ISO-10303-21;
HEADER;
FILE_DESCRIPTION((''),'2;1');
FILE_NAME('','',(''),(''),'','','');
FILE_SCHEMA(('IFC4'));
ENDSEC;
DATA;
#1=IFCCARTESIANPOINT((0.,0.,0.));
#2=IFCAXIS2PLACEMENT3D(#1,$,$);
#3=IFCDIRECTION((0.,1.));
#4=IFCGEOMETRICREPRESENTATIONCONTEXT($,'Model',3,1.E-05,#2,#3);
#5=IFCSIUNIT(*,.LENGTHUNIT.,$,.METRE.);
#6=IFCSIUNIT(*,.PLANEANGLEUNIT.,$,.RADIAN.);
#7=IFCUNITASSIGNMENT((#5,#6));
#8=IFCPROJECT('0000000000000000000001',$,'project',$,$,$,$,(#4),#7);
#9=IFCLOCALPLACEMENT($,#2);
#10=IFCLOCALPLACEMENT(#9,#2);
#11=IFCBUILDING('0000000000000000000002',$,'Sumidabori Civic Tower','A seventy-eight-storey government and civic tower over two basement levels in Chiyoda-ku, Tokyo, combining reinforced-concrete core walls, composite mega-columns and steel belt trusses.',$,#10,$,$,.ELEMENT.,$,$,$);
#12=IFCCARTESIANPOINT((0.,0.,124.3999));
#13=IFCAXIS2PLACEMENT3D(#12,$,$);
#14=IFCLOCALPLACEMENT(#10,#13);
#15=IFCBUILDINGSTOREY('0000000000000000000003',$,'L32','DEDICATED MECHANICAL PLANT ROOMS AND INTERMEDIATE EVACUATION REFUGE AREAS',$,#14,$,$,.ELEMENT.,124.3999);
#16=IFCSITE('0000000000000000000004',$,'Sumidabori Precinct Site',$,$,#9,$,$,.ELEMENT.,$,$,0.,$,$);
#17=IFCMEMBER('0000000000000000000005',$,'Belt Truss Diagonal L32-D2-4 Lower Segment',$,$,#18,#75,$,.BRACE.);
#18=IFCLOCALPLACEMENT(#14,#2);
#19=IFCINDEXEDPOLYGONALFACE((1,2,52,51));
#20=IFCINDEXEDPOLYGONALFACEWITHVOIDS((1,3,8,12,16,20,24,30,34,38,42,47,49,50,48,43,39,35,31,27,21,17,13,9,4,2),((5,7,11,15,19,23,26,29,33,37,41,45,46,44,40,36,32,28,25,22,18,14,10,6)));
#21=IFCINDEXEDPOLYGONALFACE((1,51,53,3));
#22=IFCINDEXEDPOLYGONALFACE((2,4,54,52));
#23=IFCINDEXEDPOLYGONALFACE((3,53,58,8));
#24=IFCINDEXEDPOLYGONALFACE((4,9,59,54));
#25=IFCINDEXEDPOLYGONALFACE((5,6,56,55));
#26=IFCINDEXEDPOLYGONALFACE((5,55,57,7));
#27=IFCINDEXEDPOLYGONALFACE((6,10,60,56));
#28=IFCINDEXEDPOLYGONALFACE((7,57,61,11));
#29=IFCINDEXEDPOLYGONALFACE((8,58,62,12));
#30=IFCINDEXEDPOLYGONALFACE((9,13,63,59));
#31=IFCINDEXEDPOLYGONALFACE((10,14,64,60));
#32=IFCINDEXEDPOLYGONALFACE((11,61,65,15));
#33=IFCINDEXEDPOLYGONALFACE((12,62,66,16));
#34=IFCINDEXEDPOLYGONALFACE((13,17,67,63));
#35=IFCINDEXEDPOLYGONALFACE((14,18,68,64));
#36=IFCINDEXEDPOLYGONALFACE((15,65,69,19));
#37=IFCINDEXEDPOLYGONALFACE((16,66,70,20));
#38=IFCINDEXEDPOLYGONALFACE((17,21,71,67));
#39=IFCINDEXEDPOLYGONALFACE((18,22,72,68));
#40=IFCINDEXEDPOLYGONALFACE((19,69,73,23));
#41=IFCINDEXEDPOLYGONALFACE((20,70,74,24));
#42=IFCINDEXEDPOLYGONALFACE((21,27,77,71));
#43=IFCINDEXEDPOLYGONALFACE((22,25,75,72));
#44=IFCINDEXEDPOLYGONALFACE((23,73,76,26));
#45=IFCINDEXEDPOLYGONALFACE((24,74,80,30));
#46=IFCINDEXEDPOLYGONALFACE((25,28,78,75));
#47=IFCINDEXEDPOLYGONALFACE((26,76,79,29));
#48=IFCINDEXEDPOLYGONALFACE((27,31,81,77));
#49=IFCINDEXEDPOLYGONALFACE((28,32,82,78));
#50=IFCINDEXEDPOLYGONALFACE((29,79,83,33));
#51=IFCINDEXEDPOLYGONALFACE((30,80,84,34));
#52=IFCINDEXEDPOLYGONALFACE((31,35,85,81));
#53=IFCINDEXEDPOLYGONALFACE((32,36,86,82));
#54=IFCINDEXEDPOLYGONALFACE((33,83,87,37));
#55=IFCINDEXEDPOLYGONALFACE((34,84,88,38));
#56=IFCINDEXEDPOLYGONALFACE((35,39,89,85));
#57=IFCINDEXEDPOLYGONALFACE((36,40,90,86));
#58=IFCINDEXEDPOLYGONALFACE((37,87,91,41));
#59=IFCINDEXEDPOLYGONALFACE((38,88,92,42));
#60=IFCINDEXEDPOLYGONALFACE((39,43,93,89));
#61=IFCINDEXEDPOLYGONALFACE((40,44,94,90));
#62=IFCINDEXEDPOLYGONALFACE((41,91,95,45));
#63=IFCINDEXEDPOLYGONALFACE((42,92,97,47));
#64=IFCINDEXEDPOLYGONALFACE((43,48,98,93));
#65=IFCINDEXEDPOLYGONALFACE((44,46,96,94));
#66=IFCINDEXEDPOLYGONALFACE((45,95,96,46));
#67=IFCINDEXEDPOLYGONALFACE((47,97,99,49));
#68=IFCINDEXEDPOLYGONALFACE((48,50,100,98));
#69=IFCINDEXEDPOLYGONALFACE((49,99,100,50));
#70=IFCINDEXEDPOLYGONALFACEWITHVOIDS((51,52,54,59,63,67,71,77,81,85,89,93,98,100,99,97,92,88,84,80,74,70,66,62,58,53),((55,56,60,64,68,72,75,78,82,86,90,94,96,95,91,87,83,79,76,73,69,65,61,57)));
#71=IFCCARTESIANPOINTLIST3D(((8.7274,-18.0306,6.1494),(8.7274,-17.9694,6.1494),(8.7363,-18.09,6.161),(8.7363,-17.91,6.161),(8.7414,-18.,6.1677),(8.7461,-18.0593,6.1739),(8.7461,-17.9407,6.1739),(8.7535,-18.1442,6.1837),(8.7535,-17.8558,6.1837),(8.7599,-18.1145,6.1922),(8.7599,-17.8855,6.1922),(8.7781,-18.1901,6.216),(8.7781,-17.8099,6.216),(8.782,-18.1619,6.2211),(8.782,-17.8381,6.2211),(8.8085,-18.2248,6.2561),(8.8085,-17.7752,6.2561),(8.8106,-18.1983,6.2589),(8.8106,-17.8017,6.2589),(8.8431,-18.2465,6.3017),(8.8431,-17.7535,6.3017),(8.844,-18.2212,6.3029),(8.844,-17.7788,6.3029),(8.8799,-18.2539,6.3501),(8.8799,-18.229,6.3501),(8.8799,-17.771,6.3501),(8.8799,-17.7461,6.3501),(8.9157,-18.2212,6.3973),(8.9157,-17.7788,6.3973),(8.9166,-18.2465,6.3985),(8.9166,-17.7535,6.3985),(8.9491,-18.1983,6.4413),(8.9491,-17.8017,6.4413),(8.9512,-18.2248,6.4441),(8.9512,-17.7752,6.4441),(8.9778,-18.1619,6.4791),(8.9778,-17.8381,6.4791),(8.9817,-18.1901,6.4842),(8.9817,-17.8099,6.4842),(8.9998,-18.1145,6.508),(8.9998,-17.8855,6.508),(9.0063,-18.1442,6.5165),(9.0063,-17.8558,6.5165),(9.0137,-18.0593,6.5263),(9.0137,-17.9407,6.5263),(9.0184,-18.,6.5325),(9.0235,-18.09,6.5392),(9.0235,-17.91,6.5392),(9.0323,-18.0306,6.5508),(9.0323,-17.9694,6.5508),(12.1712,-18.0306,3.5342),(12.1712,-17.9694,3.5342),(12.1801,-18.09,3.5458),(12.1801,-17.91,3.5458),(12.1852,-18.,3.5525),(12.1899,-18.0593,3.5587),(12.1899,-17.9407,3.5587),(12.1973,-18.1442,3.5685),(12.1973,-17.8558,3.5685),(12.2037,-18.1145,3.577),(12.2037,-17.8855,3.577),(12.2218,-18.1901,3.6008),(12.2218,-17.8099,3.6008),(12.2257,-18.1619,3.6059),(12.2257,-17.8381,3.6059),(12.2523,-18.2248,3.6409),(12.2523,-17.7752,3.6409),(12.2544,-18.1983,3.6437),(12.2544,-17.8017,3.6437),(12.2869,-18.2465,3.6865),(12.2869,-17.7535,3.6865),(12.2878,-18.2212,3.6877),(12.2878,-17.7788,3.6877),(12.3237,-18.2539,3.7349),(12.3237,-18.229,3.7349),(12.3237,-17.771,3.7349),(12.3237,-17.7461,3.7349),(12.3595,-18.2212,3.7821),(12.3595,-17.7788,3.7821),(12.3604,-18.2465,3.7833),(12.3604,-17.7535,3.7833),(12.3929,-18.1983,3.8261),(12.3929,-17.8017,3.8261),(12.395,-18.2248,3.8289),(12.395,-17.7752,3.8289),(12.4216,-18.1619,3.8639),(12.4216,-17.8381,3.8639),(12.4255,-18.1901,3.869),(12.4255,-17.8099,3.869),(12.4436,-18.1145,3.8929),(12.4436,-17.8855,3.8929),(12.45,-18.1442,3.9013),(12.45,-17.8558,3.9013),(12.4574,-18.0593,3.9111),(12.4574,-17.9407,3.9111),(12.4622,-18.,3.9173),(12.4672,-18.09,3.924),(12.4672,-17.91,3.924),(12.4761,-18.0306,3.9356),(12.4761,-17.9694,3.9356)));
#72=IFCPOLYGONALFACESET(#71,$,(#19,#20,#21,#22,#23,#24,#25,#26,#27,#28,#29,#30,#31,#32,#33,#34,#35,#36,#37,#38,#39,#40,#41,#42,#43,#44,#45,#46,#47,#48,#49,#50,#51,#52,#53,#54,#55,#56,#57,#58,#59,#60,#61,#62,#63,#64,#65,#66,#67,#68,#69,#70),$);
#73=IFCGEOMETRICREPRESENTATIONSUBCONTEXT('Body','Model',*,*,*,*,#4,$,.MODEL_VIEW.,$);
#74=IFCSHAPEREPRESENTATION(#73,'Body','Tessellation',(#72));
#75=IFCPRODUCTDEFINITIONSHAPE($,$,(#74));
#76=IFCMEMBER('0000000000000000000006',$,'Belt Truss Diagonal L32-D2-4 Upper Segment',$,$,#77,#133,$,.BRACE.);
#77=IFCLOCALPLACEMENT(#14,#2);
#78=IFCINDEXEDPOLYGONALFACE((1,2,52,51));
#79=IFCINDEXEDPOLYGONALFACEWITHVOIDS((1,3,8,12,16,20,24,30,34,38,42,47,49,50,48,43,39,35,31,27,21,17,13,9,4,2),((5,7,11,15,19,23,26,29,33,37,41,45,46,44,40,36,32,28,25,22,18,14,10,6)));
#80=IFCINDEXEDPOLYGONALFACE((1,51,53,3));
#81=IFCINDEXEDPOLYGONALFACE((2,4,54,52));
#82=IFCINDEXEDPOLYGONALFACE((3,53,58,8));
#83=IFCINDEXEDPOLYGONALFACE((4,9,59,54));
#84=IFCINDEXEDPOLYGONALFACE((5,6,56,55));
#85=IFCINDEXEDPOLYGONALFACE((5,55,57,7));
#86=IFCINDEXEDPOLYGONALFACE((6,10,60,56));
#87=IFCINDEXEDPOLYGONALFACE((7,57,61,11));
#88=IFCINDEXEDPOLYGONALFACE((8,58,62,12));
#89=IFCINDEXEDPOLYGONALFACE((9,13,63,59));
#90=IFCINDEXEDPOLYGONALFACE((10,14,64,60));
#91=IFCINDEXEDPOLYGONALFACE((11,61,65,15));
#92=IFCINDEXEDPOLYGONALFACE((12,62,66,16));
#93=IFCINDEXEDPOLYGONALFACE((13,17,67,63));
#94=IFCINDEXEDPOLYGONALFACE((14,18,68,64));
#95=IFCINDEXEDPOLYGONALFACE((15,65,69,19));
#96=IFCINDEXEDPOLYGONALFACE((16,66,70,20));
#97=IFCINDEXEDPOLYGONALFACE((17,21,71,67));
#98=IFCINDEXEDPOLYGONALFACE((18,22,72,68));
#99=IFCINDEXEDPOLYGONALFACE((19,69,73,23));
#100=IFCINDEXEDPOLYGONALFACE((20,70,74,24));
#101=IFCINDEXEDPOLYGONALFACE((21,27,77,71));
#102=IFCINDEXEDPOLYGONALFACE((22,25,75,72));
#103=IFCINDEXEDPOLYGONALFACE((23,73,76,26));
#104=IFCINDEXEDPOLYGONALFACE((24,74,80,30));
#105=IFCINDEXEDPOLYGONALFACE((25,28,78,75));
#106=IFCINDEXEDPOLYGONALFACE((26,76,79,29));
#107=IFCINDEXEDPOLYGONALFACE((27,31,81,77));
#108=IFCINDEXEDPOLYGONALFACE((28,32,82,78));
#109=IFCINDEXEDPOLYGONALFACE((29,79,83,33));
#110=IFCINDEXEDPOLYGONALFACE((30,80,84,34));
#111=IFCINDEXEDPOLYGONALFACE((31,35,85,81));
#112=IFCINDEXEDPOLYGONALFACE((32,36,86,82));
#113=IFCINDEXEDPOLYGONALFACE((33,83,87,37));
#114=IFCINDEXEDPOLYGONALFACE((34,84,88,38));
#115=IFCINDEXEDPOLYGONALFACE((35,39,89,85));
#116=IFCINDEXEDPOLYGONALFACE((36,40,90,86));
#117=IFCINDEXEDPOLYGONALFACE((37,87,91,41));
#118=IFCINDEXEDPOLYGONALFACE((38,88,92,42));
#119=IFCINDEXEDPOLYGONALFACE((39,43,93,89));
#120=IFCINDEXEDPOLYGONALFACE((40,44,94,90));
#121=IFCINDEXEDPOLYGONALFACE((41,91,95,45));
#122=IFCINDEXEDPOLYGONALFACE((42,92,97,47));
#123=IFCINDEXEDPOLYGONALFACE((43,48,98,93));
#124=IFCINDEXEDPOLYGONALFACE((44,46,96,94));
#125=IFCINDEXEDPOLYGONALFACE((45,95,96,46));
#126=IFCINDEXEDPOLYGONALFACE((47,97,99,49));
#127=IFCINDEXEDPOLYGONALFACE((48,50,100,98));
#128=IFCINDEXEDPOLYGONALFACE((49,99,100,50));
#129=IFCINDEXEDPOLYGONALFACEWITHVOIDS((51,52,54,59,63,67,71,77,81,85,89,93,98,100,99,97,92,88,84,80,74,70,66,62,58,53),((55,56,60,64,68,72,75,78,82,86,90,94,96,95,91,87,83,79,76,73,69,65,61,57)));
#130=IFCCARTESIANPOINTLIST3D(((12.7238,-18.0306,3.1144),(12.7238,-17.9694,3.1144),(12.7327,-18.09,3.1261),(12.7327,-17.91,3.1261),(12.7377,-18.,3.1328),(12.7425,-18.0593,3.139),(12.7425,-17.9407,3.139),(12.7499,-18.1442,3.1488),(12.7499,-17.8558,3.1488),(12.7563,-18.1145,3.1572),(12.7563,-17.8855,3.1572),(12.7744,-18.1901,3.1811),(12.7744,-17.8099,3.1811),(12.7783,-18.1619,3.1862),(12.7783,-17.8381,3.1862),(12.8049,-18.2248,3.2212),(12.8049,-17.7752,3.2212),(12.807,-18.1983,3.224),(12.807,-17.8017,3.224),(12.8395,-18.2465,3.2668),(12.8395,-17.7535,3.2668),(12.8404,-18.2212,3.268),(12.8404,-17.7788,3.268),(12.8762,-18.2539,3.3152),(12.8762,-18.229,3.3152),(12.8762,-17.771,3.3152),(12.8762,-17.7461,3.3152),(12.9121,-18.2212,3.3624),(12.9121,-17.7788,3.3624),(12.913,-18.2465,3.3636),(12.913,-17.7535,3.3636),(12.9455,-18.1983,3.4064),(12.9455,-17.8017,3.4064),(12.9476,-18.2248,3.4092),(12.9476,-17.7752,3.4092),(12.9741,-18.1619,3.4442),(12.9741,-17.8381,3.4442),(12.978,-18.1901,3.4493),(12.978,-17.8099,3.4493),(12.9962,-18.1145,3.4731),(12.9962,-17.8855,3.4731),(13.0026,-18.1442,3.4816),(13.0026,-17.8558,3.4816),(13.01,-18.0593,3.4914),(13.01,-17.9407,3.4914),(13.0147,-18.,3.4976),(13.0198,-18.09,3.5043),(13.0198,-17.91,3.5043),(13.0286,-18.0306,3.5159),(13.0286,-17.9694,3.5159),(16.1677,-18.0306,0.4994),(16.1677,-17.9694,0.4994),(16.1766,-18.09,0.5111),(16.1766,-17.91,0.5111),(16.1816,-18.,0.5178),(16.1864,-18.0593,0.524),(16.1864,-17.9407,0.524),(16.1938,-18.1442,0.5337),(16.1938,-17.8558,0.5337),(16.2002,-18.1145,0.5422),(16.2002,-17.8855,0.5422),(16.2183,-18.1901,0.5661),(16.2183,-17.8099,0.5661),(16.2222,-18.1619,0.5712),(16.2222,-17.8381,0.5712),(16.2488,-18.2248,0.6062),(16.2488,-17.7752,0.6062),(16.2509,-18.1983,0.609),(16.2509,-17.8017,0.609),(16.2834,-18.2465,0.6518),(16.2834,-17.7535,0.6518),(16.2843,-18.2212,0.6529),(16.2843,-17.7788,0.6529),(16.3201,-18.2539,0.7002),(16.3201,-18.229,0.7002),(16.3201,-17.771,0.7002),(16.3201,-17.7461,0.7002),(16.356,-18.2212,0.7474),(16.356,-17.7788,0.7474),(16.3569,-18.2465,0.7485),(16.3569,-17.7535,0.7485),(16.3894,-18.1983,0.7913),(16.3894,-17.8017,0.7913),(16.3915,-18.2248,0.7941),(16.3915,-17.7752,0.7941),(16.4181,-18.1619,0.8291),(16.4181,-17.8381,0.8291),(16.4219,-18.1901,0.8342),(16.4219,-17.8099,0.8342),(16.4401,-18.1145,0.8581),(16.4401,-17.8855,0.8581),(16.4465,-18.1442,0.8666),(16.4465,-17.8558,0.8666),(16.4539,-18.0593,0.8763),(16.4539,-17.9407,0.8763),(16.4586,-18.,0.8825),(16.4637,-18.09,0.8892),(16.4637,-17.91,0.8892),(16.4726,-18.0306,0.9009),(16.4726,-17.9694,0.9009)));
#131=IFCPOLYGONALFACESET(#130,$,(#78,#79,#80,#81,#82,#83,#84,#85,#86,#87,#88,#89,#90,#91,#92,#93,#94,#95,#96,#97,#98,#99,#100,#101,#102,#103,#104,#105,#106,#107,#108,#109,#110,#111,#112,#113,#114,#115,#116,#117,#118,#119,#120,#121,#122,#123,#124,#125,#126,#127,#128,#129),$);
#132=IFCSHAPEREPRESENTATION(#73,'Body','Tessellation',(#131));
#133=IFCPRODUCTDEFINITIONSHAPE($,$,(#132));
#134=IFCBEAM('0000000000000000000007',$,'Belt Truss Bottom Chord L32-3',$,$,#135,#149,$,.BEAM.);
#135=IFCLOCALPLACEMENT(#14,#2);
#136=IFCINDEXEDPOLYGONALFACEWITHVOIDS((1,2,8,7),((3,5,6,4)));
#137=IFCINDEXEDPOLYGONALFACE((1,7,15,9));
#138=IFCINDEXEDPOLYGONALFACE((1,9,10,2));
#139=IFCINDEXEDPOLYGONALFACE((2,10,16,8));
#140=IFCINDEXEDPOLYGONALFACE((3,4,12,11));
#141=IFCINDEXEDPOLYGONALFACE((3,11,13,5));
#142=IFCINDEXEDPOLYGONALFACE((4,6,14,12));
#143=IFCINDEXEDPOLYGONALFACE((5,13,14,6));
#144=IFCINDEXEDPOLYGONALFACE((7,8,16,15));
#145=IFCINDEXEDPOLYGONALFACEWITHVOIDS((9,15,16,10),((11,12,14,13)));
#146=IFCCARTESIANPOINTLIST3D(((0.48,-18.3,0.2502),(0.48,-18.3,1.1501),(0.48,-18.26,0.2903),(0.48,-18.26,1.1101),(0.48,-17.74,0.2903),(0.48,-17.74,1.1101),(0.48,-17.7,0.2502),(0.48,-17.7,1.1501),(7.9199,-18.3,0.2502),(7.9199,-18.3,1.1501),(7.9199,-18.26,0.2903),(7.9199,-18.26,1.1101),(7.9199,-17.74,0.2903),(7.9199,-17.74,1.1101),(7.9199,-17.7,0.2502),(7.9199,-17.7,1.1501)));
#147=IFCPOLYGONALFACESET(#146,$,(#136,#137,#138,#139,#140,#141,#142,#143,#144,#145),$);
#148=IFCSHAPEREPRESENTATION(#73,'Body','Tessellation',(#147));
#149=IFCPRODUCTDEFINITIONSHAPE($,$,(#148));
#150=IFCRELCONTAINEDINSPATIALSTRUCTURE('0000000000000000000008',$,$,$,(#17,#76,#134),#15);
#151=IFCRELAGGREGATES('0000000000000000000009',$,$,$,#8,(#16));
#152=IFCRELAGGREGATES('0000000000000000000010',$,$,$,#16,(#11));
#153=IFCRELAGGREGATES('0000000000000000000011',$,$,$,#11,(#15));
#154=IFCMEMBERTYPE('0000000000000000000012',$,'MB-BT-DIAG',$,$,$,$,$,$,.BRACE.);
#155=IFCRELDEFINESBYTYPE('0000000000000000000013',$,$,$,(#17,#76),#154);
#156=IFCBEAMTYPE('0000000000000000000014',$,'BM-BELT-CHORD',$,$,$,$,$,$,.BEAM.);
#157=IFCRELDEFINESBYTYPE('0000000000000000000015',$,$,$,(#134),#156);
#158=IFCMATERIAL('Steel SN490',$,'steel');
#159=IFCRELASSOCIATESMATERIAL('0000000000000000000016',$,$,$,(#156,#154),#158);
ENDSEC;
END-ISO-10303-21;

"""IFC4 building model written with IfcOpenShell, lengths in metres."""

from ifc_helpers import new_model, si_unit, direction, frame, origin, origin_2d, place, context, subcontext, project, spatial, hollow_rectangle, hollow_circle, extrude, source, transform, mapped, material, material_profile, profile_set, type_object, element, save


model = new_model("IFC4")

# Units and contexts
model_context = context("Model", 3, precision=1e-05, world=origin(), true_north=direction((0.0, 1.0)))
body_context = subcontext(model_context, "Body", "Model", "MODEL_VIEW")
ifc_project = project(units=[si_unit("LENGTHUNIT", "METRE"), si_unit("PLANEANGLEUNIT", "RADIAN")], contexts=[model_context])

# Site, building, storey
site_placement = place(None, origin())
site = spatial("IfcSite", under=ifc_project, at=site_placement, Name="Sumidabori Precinct Site", CompositionType="ELEMENT", RefElevation=0.0)
building_placement = place(site_placement, origin())
building = spatial("IfcBuilding", under=site, at=building_placement, Name="Sumidabori Civic Tower", Description="A seventy-eight-storey government and civic tower over two basement levels in Chiyoda-ku, Tokyo, combining reinforced-concrete core walls, composite mega-columns and steel belt trusses.", CompositionType="ELEMENT")
storey_placement = place(building_placement, frame((0.0, 0.0, 124.3999)))
storey = spatial("IfcBuildingStorey", under=building, at=storey_placement, Name="L32", Description="DEDICATED MECHANICAL PLANT ROOMS AND INTERMEDIATE EVACUATION REFUGE AREAS", CompositionType="ELEMENT", Elevation=124.3999)

# Shared definitions
ifc_material_1 = material(Name="Steel SN490", Category="steel")
ifc_material_profile_1 = material_profile(ifc_material_1, hollow_rectangle(XDim=0.6001, YDim=0.8999, WallThickness=0.04, at=origin_2d()), Name="RHS 900x600x40")
ifc_profile_set_1 = profile_set([ifc_material_profile_1], Name="Steel SN490")
beam_type_1 = type_object("IfcBeamType", Name="BM-BELT-CHORD", PredefinedType="BEAM", material=ifc_profile_set_1)

# Members
ifc_material_profile_2 = material_profile(ifc_material_1, hollow_circle(Radius=0.2539, WallThickness=0.0249, at=origin_2d()), Name="CHS 508x25")
ifc_profile_set_2 = profile_set([ifc_material_profile_2], Name="Steel SN490")
member_type = type_object("IfcMemberType", Name="MB-BT-DIAG", PredefinedType="BRACE", material=ifc_profile_set_2)
shared_shape_1 = source(origin(), body_context, "Body", "SweptSolid", [
    extrude(hollow_circle(Radius=0.2539, WallThickness=0.0249, at=origin_2d()), origin(), (0.0, 0.0, 1.0), 4.3242),
])
for number, where, z_axis, x_axis, name in (
    (1, (8.8799, -18.0, 6.3501), (0.796395, 0.0, -0.604777), (0.0, 1.0, 0.0), "Belt Truss Diagonal L32-D2-4 Lower Segment"),
    (2, (12.8762, -18.0, 3.3152), (0.796422, 0.0, -0.604741), (0.0, 1.0, 0.0), "Belt Truss Diagonal L32-D2-4 Upper Segment"),
):
    element("IfcMember", number, at=place(storey_placement, frame(where, z_axis=z_axis, x_axis=x_axis)), inside=storey, type_object=member_type, Name=name, PredefinedType="BRACE", context=body_context, shape_type="MappedRepresentation", body=[
        mapped(shared_shape_1, transform((0.0, 0.0, 0.0), x_axis=(1.0, 0.0, 0.0), y_axis=(0.0, 1.0, 0.0), z_axis=(0.0, 0.0, 1.0), scale=1.0)),
    ])

# Beam
shared_shape_2 = source(origin(), body_context, "Body", "SweptSolid", [
    extrude(hollow_rectangle(XDim=0.6001, YDim=0.8999, WallThickness=0.04, at=origin_2d()), origin(), (0.0, 0.0, 1.0), 7.4399),
])
beam_1_placement = place(storey_placement, frame((0.48, -18.0, 0.7002), z_axis=(1.0, 0.0, 0.0), x_axis=(0.0, 1.0, 0.0)))
element("IfcBeam", 3, at=beam_1_placement, inside=storey, type_object=beam_type_1, Name="Belt Truss Bottom Chord L32-3", PredefinedType="BEAM", context=body_context, shape_type="MappedRepresentation", body=[
    mapped(shared_shape_2, transform((0.0, 0.0, 0.0), x_axis=(1.0, 0.0, 0.0), y_axis=(0.0, 1.0, 0.0), z_axis=(0.0, 0.0, 1.0), scale=1.0)),
])

save(model, "model.ifc")
